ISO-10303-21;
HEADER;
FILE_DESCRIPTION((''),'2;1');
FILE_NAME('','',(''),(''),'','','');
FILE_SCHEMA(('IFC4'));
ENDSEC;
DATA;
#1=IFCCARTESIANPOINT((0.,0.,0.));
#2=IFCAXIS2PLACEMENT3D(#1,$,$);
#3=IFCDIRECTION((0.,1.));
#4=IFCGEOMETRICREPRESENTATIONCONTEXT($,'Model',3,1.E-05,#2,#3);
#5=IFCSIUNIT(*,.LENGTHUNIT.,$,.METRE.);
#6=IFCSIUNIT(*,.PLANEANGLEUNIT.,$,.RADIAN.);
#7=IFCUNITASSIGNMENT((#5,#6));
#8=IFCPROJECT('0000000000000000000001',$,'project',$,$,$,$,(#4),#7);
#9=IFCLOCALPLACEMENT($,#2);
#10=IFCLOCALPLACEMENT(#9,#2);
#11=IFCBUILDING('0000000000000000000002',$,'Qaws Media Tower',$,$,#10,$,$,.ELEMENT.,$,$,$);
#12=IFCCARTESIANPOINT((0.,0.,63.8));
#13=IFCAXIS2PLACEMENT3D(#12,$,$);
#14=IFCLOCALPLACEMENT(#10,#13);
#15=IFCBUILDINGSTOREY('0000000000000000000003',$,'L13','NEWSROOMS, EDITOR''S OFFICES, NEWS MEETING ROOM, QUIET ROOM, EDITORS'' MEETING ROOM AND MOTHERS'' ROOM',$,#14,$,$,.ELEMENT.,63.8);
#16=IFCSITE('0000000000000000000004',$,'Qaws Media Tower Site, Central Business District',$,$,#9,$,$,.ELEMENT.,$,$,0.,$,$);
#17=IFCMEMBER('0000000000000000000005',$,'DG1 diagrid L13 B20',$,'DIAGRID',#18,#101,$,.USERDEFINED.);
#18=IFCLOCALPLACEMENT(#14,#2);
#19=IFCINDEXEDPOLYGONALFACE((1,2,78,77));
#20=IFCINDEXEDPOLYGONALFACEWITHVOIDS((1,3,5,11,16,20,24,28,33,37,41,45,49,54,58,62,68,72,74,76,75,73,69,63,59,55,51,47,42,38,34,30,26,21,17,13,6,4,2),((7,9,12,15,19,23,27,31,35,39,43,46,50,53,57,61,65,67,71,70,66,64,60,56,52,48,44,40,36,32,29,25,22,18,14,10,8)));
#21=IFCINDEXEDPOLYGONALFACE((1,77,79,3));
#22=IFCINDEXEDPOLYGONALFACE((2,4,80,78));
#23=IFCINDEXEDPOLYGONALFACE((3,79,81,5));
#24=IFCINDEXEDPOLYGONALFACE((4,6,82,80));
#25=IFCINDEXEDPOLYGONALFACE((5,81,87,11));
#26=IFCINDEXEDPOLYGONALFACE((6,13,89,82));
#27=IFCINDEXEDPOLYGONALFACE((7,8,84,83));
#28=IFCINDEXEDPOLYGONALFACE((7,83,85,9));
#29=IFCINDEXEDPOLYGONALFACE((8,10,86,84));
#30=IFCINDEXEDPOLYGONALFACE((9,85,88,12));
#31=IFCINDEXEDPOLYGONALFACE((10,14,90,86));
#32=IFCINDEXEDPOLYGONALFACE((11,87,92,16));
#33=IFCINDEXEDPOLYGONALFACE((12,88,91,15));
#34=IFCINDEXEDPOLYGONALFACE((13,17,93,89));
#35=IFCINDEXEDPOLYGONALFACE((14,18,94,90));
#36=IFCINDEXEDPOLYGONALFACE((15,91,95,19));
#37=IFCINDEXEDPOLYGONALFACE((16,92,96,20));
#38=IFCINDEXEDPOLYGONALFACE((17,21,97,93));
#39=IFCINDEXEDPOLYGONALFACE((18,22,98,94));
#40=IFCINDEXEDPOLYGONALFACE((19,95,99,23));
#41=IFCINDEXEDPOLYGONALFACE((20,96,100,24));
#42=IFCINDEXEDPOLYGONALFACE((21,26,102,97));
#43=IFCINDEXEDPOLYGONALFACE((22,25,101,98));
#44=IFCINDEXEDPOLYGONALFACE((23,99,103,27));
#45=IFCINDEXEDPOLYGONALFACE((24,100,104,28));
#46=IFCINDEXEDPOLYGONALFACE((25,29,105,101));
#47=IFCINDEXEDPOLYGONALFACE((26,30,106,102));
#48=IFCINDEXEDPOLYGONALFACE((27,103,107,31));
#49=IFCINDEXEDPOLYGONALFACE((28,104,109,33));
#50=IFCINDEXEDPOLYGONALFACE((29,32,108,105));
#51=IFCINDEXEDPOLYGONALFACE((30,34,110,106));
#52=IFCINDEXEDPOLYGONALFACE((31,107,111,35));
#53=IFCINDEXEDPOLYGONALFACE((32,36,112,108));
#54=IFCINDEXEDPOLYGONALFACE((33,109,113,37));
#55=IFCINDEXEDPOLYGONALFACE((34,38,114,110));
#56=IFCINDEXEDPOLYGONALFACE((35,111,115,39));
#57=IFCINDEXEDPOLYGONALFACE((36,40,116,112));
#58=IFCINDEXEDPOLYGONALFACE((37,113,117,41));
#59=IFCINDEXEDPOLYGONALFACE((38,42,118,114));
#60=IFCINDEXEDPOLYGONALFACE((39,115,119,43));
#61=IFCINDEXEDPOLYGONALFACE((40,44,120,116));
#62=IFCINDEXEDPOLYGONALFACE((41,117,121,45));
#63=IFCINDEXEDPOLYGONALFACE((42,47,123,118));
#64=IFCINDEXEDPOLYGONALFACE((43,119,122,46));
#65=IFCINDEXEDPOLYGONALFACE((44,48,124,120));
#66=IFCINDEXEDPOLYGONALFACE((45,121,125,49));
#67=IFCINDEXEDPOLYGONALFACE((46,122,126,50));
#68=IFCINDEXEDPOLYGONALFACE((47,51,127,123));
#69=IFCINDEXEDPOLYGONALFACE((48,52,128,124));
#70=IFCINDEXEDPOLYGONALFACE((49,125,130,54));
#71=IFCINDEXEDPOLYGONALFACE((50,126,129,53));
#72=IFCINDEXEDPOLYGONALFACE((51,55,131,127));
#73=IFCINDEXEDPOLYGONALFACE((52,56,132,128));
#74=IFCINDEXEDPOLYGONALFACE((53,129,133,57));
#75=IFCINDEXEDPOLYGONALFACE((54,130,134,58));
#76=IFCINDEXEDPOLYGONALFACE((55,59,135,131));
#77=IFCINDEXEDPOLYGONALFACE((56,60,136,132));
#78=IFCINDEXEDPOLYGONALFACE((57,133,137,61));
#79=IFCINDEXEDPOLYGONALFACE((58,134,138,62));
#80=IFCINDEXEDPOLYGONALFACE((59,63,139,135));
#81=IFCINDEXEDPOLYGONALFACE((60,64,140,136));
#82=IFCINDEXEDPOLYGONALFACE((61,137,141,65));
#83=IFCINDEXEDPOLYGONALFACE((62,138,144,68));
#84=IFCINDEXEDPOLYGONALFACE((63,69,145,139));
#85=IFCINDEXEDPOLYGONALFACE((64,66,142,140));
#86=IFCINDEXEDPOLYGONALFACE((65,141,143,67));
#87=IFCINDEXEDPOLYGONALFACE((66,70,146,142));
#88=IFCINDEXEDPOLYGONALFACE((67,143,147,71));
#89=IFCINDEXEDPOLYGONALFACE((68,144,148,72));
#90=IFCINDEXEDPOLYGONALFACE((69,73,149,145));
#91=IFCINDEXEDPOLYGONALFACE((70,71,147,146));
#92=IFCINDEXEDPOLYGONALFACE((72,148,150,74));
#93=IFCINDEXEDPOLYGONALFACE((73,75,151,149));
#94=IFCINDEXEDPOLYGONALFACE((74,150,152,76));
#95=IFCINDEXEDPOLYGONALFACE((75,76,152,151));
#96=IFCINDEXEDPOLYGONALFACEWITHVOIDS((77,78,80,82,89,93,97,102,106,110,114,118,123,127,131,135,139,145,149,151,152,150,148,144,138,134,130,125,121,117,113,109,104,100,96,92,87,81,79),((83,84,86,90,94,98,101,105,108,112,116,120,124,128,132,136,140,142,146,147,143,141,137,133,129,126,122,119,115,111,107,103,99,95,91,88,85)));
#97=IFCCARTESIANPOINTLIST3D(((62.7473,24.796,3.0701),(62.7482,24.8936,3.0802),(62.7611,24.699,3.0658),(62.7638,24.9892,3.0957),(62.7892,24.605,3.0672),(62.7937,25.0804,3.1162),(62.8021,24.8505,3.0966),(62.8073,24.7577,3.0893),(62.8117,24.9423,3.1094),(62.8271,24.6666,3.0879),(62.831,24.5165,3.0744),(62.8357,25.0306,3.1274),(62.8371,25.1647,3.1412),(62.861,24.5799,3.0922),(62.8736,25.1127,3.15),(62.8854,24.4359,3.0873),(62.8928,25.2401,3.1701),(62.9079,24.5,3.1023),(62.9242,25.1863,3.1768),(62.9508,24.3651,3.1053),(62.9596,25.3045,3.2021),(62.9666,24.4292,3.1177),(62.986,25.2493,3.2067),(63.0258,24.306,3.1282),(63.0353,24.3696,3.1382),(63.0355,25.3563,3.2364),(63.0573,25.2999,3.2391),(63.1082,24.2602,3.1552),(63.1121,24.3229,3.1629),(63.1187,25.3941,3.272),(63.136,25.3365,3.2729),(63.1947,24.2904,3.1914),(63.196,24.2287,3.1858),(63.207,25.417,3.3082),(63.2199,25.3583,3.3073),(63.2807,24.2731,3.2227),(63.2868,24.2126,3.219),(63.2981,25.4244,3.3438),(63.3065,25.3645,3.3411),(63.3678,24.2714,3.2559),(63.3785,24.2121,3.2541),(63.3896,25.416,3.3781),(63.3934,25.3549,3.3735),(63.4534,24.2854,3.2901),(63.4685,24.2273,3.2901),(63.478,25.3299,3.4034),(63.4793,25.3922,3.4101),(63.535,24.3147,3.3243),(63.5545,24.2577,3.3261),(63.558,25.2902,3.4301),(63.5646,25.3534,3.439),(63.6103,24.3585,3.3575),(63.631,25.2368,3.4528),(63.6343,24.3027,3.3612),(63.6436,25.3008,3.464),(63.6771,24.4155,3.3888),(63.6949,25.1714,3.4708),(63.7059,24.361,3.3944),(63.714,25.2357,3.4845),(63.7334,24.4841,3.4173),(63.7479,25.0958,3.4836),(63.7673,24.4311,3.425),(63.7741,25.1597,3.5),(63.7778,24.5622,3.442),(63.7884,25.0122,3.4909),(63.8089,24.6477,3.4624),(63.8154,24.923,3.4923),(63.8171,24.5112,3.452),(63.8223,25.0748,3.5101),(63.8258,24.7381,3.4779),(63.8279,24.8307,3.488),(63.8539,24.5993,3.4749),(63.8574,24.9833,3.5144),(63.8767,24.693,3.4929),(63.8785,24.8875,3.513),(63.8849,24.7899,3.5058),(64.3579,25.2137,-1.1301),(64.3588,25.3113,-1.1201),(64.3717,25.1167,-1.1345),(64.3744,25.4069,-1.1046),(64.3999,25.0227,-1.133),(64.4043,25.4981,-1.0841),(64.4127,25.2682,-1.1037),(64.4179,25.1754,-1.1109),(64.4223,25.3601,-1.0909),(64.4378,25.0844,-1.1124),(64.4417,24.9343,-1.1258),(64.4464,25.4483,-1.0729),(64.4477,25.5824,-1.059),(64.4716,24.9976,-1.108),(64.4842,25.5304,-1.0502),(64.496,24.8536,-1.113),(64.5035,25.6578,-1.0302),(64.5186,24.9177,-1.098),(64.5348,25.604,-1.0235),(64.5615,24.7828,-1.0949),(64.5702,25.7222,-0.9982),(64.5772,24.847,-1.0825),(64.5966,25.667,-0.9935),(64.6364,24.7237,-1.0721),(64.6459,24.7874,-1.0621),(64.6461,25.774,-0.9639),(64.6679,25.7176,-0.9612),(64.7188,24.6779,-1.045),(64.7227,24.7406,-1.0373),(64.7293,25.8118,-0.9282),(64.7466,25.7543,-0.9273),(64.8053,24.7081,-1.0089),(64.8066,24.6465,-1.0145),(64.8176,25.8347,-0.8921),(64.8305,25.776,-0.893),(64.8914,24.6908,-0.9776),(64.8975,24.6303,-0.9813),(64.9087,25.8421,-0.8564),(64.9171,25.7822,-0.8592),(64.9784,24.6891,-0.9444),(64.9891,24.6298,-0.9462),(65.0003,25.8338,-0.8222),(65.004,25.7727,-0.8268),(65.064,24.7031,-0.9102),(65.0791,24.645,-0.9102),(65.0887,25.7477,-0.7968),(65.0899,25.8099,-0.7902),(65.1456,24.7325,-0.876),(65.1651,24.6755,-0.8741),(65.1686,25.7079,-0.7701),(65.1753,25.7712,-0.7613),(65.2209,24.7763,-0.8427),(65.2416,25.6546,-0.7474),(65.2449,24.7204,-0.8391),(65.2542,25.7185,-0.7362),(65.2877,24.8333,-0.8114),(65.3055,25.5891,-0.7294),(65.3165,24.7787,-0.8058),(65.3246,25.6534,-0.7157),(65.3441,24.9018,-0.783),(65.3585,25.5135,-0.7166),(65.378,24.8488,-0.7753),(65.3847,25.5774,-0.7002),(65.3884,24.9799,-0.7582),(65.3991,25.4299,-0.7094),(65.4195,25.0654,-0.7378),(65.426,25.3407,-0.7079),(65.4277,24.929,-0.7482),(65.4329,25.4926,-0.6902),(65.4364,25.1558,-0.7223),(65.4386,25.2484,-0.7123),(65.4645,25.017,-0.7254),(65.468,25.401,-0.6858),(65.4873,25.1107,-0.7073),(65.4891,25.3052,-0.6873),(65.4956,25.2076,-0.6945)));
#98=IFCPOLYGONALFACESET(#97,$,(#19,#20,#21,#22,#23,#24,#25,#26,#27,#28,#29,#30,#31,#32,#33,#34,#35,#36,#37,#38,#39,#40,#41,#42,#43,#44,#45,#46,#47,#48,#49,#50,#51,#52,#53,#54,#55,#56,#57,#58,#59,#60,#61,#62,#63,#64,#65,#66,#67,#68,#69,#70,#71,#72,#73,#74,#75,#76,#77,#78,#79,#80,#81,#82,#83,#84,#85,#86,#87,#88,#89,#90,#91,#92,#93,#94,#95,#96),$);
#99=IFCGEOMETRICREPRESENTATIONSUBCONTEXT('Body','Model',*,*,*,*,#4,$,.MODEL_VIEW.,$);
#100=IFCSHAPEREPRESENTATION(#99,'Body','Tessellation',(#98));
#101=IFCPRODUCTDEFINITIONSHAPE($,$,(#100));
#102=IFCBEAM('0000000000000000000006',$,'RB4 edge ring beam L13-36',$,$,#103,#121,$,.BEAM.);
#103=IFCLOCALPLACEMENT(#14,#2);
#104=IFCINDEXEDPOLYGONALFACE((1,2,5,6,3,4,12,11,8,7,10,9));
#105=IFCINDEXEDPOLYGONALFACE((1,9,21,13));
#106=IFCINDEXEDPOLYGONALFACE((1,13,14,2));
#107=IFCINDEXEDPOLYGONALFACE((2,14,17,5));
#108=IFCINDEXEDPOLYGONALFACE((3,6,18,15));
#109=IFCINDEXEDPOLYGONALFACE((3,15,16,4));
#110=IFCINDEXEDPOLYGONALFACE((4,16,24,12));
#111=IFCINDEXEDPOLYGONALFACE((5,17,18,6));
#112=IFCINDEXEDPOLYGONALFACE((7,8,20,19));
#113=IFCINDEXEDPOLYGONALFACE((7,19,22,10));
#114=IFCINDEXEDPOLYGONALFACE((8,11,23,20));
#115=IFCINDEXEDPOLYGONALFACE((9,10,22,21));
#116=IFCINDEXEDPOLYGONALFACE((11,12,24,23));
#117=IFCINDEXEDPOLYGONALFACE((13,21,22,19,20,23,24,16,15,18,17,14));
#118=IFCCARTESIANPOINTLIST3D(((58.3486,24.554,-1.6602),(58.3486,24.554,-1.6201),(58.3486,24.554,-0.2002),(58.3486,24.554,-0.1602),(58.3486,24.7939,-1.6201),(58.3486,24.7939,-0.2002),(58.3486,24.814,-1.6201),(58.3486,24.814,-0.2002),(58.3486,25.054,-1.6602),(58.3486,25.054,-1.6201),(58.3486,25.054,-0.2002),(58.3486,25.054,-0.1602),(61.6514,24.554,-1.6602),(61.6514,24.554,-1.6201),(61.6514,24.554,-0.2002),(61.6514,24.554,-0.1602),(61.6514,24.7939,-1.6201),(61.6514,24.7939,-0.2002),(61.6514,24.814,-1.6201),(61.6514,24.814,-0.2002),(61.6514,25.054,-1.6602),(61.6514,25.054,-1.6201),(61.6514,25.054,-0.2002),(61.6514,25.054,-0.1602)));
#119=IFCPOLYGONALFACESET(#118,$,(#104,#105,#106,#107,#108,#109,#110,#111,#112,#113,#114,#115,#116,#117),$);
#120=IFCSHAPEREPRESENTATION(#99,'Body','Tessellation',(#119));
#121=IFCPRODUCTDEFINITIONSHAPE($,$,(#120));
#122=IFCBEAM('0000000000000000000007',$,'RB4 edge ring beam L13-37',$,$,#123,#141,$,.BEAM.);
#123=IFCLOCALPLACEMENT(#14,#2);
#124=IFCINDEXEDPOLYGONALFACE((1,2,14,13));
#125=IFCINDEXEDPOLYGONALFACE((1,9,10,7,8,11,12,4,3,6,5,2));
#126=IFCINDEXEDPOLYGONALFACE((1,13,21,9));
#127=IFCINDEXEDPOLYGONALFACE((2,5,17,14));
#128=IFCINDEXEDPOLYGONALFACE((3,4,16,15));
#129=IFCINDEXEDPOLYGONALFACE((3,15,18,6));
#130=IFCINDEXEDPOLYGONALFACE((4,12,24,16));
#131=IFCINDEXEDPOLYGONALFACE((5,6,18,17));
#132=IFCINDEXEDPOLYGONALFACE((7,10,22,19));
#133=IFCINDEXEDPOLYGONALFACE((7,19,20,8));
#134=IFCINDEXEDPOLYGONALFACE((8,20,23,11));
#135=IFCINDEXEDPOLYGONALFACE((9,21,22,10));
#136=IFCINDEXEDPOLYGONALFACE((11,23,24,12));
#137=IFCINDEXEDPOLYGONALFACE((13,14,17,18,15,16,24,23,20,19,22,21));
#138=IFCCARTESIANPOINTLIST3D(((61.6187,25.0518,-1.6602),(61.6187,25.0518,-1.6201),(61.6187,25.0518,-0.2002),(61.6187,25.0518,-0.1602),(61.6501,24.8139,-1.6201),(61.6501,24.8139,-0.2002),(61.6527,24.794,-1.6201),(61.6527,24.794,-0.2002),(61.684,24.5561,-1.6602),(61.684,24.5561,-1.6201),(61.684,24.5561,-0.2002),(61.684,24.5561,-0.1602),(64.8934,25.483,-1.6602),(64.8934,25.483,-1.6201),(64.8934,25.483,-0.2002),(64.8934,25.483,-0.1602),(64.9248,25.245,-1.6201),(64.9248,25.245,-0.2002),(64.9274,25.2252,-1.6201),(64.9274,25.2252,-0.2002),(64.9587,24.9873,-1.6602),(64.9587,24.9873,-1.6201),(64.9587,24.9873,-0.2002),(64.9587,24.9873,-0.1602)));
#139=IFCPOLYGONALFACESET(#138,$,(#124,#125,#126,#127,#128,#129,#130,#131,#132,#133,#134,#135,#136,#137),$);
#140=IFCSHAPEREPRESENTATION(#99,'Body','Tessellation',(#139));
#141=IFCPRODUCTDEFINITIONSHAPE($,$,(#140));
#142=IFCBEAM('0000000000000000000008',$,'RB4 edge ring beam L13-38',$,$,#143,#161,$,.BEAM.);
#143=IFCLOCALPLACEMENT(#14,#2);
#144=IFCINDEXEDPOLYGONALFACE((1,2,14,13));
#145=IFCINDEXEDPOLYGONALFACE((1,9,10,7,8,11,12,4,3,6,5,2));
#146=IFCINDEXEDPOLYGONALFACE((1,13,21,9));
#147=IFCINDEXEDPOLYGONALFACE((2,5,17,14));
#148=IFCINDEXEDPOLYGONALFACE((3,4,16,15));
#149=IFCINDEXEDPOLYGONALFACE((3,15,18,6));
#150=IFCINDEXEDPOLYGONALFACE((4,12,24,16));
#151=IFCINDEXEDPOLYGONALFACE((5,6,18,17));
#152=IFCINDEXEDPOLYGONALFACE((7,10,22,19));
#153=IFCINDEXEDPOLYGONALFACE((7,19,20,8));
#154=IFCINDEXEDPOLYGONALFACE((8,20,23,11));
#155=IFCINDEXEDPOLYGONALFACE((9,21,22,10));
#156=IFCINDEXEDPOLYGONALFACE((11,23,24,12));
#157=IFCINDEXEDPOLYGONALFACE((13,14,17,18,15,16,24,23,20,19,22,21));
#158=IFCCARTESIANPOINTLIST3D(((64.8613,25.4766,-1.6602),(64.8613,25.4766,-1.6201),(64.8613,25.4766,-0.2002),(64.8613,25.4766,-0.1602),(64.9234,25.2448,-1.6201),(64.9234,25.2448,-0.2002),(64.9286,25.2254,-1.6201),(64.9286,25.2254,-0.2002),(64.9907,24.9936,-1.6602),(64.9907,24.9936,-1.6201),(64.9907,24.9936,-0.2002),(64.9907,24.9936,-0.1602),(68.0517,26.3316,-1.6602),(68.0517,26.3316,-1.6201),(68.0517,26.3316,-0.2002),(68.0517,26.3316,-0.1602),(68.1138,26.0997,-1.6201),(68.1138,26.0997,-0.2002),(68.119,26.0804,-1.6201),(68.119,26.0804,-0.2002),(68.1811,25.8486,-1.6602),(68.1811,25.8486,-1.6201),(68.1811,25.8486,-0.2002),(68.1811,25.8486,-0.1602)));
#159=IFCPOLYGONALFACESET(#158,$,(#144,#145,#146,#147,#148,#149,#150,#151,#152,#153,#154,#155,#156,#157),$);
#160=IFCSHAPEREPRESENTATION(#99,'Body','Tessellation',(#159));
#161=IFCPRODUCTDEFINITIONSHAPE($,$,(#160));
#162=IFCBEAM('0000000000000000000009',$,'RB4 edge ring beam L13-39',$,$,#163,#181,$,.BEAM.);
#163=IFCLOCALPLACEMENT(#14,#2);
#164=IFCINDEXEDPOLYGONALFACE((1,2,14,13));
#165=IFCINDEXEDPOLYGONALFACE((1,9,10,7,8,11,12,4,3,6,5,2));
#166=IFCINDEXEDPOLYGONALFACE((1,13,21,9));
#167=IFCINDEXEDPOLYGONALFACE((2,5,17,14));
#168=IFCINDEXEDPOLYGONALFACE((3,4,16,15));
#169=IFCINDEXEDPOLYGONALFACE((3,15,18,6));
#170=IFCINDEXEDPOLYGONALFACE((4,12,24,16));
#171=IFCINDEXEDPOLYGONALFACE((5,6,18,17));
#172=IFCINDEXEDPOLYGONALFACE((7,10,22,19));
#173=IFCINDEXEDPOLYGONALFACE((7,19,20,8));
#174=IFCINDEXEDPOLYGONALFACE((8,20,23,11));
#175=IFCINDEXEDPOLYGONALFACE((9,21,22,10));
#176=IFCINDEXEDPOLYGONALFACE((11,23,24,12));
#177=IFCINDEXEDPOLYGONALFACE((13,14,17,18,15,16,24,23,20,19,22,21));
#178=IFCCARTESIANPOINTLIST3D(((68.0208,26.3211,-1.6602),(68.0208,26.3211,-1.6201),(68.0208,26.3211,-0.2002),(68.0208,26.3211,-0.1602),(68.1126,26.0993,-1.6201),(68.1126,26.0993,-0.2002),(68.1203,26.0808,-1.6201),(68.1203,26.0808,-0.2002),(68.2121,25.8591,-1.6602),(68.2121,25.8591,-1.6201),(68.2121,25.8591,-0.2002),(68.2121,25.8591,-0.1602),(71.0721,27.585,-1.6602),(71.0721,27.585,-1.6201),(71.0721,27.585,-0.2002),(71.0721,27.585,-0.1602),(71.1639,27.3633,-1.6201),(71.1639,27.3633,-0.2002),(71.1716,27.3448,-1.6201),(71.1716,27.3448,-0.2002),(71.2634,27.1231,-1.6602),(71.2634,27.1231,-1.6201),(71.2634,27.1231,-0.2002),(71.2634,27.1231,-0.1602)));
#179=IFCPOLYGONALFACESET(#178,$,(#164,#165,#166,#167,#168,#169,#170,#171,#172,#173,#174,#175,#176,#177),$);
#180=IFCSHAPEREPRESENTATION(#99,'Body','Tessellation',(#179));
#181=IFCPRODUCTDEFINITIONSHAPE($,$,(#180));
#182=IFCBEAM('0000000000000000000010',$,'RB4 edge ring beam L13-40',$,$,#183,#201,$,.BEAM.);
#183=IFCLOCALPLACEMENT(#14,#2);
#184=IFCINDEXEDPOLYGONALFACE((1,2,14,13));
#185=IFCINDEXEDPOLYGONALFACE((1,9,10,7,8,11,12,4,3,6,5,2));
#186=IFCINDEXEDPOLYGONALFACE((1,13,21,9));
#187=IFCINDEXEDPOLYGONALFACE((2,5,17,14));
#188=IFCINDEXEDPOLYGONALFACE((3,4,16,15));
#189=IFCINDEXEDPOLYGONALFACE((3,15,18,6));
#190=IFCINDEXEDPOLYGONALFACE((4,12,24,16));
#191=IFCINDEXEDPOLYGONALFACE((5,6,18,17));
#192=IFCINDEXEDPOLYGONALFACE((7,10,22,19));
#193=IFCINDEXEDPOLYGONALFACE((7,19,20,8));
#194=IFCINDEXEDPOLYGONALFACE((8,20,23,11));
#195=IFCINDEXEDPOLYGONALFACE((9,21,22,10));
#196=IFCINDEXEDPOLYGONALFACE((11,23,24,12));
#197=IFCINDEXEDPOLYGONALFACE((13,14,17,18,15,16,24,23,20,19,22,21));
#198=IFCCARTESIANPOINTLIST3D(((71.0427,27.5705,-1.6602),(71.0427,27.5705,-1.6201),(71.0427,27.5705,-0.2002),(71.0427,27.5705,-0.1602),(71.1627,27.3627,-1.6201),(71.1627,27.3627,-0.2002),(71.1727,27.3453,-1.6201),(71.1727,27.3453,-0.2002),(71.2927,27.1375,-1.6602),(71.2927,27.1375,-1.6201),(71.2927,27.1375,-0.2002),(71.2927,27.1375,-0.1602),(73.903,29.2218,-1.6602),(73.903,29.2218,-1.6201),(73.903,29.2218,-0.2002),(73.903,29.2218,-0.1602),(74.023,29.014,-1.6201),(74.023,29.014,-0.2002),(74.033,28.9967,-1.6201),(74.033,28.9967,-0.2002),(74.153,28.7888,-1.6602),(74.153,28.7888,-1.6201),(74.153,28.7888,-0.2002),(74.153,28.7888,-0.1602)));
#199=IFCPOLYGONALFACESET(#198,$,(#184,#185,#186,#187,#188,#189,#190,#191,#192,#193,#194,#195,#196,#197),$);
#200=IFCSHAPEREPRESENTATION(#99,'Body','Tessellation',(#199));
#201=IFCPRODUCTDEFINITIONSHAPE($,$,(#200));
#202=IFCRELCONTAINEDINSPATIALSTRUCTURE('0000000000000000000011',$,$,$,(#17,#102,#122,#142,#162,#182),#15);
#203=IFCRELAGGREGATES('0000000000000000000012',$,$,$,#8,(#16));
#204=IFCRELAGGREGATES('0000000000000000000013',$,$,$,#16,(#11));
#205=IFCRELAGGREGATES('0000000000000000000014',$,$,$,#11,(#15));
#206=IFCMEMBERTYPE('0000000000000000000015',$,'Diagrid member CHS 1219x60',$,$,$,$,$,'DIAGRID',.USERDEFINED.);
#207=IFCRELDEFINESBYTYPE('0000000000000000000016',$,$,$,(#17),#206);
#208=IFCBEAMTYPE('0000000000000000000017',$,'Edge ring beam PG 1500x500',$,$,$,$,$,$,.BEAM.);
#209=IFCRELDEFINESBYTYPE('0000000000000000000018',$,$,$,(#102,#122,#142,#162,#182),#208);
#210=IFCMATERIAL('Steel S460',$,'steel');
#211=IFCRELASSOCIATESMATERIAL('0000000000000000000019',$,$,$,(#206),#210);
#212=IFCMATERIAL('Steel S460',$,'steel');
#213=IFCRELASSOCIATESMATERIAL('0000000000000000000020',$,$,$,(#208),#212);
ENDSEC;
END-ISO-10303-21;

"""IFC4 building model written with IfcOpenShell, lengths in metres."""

from ifc_helpers import new_model, si_unit, direction, frame, origin, origin_2d, place, context, subcontext, project, spatial, hollow_circle, i_section, extrude, material, material_profile, profile_set, type_object, element, save


model = new_model("IFC4")

# Units and contexts
model_context = context("Model", 3, precision=1e-05, world=origin(), true_north=direction((0.0, 1.0)))
body_context = subcontext(model_context, "Body", "Model", "MODEL_VIEW")
ifc_project = project(units=[si_unit("LENGTHUNIT", "METRE"), si_unit("PLANEANGLEUNIT", "RADIAN")], contexts=[model_context])

# Site, building, storey
site_placement = place(None, origin())
site = spatial("IfcSite", under=ifc_project, at=site_placement, Name="Qaws Media Tower Site, Central Business District", CompositionType="ELEMENT", RefElevation=0.0)
building_placement = place(site_placement, origin())
building = spatial("IfcBuilding", under=site, at=building_placement, Name="Qaws Media Tower", CompositionType="ELEMENT")
storey_placement = place(building_placement, frame((0.0, 0.0, 63.8)))
storey = spatial("IfcBuildingStorey", under=building, at=storey_placement, Name="L13", Description="NEWSROOMS, EDITOR'S OFFICES, NEWS MEETING ROOM, QUIET ROOM, EDITORS' MEETING ROOM AND MOTHERS' ROOM", CompositionType="ELEMENT", Elevation=63.8)

# Member
ifc_material_1 = material(Name="Steel S460", Category="steel")
ifc_material_profile_1 = material_profile(ifc_material_1, hollow_circle(Radius=0.6096, WallThickness=0.0601, at=origin_2d()), Name="CHS 1219x60")
ifc_profile_set_1 = profile_set([ifc_material_profile_1], Name="Steel S460")
member_type_1 = type_object("IfcMemberType", Name="Diagrid member CHS 1219x60", ElementType="DIAGRID", PredefinedType="USERDEFINED", material=ifc_profile_set_1)
for number, where, z_axis, x_axis, name in (
    (1, (64.926, 25.2351, -0.9102), (-0.356503, -0.092463, 0.929708), (0.251054, -0.967973, 0.0), "DG1 diagrid L13 B20"),
):
    element("IfcMember", number, at=place(storey_placement, frame(where, z_axis=z_axis, x_axis=x_axis)), inside=storey, type_object=member_type_1, Name=name, ObjectType="DIAGRID", PredefinedType="USERDEFINED", context=body_context, shape_type="SweptSolid", body=[
        extrude(hollow_circle(Radius=0.6096, WallThickness=0.0601, at=origin_2d()), origin(), (0.0, 0.0, 1.0), 4.5178),
    ])

# Beams
ifc_material_2 = material(Name="Steel S460", Category="steel")
ifc_material_profile_2 = material_profile(ifc_material_2, i_section(OverallWidth=0.5, OverallDepth=1.5, WebThickness=0.02, FlangeThickness=0.04, at=origin_2d()), Name="PG 1500x500")
ifc_profile_set_2 = profile_set([ifc_material_profile_2], Name="Steel S460")
beam_type_1 = type_object("IfcBeamType", Name="Edge ring beam PG 1500x500", PredefinedType="BEAM", material=ifc_profile_set_2)
beam_1_placement = place(storey_placement, frame((58.3486, 24.804, -0.9102), z_axis=(1.0, 0.0, 0.0), x_axis=(0.0, 1.0, 0.0)))
element("IfcBeam", 2, at=beam_1_placement, inside=storey, type_object=beam_type_1, Name="RB4 edge ring beam L13-36", PredefinedType="BEAM", context=body_context, shape_type="SweptSolid", body=[
    extrude(i_section(OverallWidth=0.5, OverallDepth=1.5, WebThickness=0.02, FlangeThickness=0.04, at=origin_2d()), origin(), (0.0, 0.0, 1.0), 3.3027),
])
for number, where, z_axis, x_axis, name in (
    (3, (61.6514, 24.804, -0.9102), (0.991443, 0.130537, 0.0), (-0.130537, 0.991443, 0.0), "RB4 edge ring beam L13-37"),
    (4, (64.926, 25.2351, -0.9102), (0.965918, 0.258849, 0.0), (-0.258849, 0.965918, 0.0), "RB4 edge ring beam L13-38"),
):
    element("IfcBeam", number, at=place(storey_placement, frame(where, z_axis=z_axis, x_axis=x_axis)), inside=storey, type_object=beam_type_1, Name=name, PredefinedType="BEAM", context=body_context, shape_type="SweptSolid", body=[
        extrude(i_section(OverallWidth=0.5, OverallDepth=1.5, WebThickness=0.02, FlangeThickness=0.04, at=origin_2d()), origin(), (0.0, 0.0, 1.0), 3.303),
    ])
for number, where, z_axis, x_axis, name in (
    (5, (68.1165, 26.0901, -0.9102), (0.923875, 0.382693, 0.0), (-0.382693, 0.923875, 0.0), "RB4 edge ring beam L13-39"),
    (6, (71.1677, 27.354, -0.9102), (0.866033, 0.499987, 0.0), (-0.499987, 0.866033, 0.0), "RB4 edge ring beam L13-40"),
):
    element("IfcBeam", number, at=place(storey_placement, frame(where, z_axis=z_axis, x_axis=x_axis)), inside=storey, type_object=beam_type_1, Name=name, PredefinedType="BEAM", context=body_context, shape_type="SweptSolid", body=[
        extrude(i_section(OverallWidth=0.5, OverallDepth=1.5, WebThickness=0.02, FlangeThickness=0.04, at=origin_2d()), origin(), (0.0, 0.0, 1.0), 3.3027),
    ])

save(model, "model.ifc")
